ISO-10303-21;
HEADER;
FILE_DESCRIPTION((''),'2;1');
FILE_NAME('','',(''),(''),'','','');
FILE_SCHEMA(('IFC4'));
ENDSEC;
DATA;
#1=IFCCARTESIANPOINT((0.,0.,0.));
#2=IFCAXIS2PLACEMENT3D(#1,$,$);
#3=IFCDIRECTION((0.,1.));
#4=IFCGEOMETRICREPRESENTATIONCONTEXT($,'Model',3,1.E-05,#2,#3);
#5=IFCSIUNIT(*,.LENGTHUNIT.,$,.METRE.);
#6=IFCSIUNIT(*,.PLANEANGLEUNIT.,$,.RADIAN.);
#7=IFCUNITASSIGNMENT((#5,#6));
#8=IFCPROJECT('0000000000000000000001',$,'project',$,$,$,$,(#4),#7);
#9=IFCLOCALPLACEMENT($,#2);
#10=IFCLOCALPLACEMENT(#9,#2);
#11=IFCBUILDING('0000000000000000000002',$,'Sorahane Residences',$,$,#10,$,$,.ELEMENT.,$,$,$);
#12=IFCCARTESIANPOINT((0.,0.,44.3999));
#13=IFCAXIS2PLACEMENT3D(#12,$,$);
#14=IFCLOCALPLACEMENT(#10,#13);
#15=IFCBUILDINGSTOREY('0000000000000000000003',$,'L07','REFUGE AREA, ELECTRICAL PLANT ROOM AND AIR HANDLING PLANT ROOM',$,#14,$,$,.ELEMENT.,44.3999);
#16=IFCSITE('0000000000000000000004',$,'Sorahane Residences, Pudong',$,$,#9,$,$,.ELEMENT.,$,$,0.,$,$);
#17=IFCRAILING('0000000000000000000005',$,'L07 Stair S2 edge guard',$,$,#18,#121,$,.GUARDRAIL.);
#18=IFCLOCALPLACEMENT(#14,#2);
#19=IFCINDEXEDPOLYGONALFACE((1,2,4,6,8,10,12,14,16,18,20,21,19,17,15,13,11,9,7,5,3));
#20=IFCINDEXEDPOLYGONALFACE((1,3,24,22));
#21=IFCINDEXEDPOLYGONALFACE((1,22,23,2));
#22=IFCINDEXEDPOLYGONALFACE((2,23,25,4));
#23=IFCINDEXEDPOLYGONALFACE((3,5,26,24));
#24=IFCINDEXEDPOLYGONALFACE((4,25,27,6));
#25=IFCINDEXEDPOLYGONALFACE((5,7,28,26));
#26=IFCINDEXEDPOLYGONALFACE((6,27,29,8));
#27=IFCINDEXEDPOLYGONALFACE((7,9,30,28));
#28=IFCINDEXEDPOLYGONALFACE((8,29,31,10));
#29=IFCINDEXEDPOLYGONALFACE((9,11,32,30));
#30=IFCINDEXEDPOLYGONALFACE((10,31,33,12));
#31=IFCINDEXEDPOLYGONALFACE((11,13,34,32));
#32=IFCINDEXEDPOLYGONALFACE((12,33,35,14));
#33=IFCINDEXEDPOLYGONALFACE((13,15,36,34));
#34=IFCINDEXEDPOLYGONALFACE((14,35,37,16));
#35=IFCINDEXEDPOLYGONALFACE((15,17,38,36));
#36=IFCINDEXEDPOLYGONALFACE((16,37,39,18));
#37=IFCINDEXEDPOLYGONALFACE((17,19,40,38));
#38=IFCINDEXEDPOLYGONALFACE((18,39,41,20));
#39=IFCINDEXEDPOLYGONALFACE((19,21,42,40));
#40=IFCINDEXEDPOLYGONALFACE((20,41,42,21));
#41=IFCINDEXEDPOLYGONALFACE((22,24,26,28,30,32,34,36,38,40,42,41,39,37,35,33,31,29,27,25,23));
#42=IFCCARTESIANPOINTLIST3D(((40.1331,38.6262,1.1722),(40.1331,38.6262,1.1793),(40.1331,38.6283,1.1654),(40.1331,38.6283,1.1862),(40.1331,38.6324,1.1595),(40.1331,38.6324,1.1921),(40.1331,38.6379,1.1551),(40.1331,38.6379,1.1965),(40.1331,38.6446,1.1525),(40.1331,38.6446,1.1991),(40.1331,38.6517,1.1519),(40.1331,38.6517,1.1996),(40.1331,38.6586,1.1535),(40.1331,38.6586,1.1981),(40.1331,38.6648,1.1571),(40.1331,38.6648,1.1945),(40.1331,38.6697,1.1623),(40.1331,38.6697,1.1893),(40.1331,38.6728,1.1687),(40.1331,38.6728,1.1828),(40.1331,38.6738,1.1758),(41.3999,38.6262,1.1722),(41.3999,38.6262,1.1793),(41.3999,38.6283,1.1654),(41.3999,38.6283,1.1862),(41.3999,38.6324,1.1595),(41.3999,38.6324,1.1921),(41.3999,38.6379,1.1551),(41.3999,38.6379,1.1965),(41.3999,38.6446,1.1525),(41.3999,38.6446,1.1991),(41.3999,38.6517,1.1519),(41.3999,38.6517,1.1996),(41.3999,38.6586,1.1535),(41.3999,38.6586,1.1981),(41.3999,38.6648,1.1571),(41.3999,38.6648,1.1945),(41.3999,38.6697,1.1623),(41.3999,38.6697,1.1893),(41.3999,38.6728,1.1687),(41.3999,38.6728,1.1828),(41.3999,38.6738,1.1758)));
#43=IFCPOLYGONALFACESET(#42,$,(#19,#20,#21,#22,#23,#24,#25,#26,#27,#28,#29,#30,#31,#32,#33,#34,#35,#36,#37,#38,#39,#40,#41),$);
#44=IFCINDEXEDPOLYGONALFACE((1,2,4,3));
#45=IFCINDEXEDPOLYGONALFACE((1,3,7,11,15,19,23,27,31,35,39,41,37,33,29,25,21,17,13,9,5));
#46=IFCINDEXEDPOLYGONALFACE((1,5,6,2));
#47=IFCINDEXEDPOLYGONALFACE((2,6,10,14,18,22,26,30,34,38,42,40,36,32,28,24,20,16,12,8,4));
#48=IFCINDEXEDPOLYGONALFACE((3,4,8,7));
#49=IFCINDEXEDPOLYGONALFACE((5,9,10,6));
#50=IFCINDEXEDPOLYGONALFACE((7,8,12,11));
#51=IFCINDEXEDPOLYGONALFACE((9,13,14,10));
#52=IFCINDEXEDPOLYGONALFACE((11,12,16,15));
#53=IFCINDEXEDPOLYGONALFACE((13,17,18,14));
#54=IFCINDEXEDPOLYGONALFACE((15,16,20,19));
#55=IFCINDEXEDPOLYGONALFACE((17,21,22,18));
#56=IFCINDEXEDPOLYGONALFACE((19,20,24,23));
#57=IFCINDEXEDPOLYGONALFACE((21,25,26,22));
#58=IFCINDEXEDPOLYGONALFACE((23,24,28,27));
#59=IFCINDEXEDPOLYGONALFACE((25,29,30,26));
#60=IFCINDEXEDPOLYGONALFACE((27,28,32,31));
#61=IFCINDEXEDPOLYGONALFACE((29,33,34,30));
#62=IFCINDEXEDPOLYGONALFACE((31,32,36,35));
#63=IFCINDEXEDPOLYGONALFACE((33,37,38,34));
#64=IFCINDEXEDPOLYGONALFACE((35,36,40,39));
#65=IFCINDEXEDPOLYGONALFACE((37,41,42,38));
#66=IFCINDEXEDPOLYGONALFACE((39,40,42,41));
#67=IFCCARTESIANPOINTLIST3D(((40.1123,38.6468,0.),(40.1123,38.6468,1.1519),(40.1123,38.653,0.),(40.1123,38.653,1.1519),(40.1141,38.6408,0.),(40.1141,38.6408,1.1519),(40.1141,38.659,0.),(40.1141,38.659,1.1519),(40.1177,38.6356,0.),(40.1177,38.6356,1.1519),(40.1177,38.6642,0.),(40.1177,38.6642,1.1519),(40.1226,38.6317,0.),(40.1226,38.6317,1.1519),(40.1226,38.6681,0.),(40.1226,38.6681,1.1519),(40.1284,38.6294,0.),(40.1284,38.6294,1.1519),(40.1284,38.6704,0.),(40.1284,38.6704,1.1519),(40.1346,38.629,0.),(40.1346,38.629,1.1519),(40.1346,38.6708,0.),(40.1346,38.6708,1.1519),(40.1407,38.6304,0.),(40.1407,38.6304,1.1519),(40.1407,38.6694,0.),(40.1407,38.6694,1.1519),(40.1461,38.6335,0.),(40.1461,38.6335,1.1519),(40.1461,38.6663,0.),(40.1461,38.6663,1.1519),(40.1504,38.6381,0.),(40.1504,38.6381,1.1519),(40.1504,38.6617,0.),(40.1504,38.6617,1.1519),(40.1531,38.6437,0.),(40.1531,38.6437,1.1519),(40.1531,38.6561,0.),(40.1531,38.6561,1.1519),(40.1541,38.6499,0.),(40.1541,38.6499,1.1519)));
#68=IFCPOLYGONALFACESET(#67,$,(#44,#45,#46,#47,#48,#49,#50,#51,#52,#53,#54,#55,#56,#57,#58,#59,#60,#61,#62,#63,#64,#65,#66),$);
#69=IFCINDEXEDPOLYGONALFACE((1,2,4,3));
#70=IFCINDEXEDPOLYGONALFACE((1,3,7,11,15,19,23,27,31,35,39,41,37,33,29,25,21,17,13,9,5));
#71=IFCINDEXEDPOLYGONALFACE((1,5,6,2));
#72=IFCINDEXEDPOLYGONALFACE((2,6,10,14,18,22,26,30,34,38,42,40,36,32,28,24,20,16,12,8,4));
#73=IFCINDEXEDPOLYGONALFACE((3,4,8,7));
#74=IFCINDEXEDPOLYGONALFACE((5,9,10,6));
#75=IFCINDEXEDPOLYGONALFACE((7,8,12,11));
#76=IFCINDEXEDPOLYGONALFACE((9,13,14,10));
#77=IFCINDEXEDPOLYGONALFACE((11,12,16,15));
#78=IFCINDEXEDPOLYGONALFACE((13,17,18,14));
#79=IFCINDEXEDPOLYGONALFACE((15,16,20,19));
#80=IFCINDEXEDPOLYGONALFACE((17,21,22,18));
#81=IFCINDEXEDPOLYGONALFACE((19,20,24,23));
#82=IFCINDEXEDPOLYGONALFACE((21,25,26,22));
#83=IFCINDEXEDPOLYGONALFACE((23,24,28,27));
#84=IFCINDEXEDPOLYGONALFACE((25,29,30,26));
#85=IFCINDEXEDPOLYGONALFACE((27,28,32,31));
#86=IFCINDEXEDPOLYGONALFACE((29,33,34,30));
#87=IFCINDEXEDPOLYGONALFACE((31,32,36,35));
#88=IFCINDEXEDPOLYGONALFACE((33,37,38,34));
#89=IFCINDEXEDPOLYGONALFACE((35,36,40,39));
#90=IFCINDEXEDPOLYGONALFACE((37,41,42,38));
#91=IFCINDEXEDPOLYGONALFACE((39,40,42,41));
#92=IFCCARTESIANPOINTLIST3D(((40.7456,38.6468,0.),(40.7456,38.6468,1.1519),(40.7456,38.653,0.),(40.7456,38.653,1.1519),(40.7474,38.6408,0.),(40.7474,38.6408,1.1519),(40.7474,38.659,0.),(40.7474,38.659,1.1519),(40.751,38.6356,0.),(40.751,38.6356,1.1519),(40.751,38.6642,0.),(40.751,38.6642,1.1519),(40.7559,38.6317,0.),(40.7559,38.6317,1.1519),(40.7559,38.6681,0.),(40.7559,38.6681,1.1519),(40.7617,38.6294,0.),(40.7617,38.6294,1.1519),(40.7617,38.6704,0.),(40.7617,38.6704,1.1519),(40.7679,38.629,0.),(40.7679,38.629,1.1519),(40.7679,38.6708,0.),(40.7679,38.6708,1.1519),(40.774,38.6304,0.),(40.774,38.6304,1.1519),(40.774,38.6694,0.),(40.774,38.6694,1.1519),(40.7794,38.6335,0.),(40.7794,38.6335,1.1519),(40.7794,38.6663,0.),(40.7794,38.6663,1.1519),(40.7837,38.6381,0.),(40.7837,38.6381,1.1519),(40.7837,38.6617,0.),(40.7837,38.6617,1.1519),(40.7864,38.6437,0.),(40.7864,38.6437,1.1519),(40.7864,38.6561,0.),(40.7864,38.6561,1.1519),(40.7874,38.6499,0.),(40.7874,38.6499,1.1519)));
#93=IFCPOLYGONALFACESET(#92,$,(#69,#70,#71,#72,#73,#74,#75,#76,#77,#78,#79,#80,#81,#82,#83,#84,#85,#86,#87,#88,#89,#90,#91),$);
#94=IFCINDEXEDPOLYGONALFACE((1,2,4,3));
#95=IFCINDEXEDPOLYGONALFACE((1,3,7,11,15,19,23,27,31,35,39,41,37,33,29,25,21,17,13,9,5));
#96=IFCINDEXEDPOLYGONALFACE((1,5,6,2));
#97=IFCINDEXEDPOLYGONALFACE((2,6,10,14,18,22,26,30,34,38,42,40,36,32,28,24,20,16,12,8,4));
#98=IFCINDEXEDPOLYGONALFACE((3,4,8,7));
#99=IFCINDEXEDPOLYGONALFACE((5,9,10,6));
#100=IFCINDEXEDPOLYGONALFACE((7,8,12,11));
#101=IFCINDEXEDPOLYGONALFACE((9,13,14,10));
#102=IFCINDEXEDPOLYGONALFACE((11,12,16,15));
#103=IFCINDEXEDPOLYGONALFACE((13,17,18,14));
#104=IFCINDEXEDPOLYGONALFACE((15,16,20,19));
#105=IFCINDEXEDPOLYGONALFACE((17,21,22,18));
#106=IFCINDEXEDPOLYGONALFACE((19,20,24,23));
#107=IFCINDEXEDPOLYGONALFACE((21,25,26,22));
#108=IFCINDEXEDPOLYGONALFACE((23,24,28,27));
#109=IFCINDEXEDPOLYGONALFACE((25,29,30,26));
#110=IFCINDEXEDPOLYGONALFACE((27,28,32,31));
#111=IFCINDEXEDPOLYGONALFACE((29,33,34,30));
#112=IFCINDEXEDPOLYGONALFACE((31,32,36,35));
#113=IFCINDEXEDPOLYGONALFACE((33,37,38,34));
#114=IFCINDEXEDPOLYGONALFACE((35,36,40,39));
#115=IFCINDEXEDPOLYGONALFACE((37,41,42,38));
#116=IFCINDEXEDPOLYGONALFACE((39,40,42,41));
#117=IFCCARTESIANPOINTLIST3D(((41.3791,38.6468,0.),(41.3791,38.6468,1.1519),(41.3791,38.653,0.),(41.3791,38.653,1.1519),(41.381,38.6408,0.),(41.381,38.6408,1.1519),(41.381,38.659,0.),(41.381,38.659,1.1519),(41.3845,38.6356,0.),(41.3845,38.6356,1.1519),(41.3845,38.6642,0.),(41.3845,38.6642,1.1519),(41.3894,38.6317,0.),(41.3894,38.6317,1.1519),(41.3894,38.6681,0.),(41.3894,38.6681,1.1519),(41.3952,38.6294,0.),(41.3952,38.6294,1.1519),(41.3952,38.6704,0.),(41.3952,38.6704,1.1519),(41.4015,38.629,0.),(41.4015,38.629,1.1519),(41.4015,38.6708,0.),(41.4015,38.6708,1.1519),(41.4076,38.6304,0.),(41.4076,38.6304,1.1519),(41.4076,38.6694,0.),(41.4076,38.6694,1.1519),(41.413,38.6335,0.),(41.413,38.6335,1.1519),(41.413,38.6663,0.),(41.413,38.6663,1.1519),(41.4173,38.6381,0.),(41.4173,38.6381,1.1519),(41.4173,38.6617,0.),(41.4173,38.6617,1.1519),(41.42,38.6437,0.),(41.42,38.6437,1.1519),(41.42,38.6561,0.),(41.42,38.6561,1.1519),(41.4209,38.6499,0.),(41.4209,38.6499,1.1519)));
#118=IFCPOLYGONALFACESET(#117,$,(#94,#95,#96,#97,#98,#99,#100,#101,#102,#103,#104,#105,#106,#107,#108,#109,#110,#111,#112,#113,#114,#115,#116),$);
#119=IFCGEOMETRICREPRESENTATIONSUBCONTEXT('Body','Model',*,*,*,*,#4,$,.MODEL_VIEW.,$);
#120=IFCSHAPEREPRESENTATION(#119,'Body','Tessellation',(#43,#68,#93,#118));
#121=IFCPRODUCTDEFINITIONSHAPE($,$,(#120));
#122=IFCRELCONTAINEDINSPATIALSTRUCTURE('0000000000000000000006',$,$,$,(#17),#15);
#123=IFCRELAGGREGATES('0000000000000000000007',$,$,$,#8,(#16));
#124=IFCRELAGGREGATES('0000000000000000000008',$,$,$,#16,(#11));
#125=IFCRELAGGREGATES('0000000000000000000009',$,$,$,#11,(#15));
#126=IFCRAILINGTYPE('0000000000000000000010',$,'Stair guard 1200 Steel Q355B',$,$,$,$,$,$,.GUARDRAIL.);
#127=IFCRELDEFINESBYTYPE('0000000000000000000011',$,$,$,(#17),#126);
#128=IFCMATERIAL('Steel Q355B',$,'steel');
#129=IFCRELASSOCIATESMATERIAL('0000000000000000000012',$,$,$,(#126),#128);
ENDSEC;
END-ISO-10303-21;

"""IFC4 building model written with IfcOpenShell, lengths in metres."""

from ifc_helpers import new_model, si_unit, direction, frame, origin, origin_2d, place, context, subcontext, project, spatial, circle, extrude, material, type_object, element, save


model = new_model("IFC4")

# Units and contexts
model_context = context("Model", 3, precision=1e-05, world=origin(), true_north=direction((0.0, 1.0)))
body_context = subcontext(model_context, "Body", "Model", "MODEL_VIEW")
ifc_project = project(units=[si_unit("LENGTHUNIT", "METRE"), si_unit("PLANEANGLEUNIT", "RADIAN")], contexts=[model_context])

# Site, building, storey
site_placement = place(None, origin())
site = spatial("IfcSite", under=ifc_project, at=site_placement, Name="Sorahane Residences, Pudong", CompositionType="ELEMENT", RefElevation=0.0)
building_placement = place(site_placement, origin())
building = spatial("IfcBuilding", under=site, at=building_placement, Name="Sorahane Residences", CompositionType="ELEMENT")
storey_placement = place(building_placement, frame((0.0, 0.0, 44.3999)))
storey = spatial("IfcBuildingStorey", under=building, at=storey_placement, Name="L07", Description="REFUGE AREA, ELECTRICAL PLANT ROOM AND AIR HANDLING PLANT ROOM", CompositionType="ELEMENT", Elevation=44.3999)

# Railing
ifc_material_1 = material(Name="Steel Q355B", Category="steel")
railing_type_1 = type_object("IfcRailingType", Name="Stair guard 1200 Steel Q355B", PredefinedType="GUARDRAIL", material=ifc_material_1)
for number, where, name in (
    (1, (40.1331, 38.6499, 0.0), "L07 Stair S2 edge guard"),
):
    element("IfcRailing", number, at=place(storey_placement, frame(where)), inside=storey, type_object=railing_type_1, Name=name, PredefinedType="GUARDRAIL", context=body_context, shape_type="SweptSolid", body=[
        extrude(circle(Radius=0.0239, at=origin_2d()), frame((0.0, 0.0, 1.1758), z_axis=(1.0, 0.0, 0.0), x_axis=(0.0, 1.0, 0.0)), (0.0, 0.0, 1.0), 1.2668),
        extrude(circle(Radius=0.021, at=origin_2d()), origin(), (0.0, 0.0, 1.0), 1.1519),
        extrude(circle(Radius=0.021, at=origin_2d()), frame((0.6333, 0.0, 0.0)), (0.0, 0.0, 1.0), 1.1519),
        extrude(circle(Radius=0.021, at=origin_2d()), frame((1.2668, 0.0, 0.0)), (0.0, 0.0, 1.0), 1.1519),
    ])

save(model, "model.ifc")
